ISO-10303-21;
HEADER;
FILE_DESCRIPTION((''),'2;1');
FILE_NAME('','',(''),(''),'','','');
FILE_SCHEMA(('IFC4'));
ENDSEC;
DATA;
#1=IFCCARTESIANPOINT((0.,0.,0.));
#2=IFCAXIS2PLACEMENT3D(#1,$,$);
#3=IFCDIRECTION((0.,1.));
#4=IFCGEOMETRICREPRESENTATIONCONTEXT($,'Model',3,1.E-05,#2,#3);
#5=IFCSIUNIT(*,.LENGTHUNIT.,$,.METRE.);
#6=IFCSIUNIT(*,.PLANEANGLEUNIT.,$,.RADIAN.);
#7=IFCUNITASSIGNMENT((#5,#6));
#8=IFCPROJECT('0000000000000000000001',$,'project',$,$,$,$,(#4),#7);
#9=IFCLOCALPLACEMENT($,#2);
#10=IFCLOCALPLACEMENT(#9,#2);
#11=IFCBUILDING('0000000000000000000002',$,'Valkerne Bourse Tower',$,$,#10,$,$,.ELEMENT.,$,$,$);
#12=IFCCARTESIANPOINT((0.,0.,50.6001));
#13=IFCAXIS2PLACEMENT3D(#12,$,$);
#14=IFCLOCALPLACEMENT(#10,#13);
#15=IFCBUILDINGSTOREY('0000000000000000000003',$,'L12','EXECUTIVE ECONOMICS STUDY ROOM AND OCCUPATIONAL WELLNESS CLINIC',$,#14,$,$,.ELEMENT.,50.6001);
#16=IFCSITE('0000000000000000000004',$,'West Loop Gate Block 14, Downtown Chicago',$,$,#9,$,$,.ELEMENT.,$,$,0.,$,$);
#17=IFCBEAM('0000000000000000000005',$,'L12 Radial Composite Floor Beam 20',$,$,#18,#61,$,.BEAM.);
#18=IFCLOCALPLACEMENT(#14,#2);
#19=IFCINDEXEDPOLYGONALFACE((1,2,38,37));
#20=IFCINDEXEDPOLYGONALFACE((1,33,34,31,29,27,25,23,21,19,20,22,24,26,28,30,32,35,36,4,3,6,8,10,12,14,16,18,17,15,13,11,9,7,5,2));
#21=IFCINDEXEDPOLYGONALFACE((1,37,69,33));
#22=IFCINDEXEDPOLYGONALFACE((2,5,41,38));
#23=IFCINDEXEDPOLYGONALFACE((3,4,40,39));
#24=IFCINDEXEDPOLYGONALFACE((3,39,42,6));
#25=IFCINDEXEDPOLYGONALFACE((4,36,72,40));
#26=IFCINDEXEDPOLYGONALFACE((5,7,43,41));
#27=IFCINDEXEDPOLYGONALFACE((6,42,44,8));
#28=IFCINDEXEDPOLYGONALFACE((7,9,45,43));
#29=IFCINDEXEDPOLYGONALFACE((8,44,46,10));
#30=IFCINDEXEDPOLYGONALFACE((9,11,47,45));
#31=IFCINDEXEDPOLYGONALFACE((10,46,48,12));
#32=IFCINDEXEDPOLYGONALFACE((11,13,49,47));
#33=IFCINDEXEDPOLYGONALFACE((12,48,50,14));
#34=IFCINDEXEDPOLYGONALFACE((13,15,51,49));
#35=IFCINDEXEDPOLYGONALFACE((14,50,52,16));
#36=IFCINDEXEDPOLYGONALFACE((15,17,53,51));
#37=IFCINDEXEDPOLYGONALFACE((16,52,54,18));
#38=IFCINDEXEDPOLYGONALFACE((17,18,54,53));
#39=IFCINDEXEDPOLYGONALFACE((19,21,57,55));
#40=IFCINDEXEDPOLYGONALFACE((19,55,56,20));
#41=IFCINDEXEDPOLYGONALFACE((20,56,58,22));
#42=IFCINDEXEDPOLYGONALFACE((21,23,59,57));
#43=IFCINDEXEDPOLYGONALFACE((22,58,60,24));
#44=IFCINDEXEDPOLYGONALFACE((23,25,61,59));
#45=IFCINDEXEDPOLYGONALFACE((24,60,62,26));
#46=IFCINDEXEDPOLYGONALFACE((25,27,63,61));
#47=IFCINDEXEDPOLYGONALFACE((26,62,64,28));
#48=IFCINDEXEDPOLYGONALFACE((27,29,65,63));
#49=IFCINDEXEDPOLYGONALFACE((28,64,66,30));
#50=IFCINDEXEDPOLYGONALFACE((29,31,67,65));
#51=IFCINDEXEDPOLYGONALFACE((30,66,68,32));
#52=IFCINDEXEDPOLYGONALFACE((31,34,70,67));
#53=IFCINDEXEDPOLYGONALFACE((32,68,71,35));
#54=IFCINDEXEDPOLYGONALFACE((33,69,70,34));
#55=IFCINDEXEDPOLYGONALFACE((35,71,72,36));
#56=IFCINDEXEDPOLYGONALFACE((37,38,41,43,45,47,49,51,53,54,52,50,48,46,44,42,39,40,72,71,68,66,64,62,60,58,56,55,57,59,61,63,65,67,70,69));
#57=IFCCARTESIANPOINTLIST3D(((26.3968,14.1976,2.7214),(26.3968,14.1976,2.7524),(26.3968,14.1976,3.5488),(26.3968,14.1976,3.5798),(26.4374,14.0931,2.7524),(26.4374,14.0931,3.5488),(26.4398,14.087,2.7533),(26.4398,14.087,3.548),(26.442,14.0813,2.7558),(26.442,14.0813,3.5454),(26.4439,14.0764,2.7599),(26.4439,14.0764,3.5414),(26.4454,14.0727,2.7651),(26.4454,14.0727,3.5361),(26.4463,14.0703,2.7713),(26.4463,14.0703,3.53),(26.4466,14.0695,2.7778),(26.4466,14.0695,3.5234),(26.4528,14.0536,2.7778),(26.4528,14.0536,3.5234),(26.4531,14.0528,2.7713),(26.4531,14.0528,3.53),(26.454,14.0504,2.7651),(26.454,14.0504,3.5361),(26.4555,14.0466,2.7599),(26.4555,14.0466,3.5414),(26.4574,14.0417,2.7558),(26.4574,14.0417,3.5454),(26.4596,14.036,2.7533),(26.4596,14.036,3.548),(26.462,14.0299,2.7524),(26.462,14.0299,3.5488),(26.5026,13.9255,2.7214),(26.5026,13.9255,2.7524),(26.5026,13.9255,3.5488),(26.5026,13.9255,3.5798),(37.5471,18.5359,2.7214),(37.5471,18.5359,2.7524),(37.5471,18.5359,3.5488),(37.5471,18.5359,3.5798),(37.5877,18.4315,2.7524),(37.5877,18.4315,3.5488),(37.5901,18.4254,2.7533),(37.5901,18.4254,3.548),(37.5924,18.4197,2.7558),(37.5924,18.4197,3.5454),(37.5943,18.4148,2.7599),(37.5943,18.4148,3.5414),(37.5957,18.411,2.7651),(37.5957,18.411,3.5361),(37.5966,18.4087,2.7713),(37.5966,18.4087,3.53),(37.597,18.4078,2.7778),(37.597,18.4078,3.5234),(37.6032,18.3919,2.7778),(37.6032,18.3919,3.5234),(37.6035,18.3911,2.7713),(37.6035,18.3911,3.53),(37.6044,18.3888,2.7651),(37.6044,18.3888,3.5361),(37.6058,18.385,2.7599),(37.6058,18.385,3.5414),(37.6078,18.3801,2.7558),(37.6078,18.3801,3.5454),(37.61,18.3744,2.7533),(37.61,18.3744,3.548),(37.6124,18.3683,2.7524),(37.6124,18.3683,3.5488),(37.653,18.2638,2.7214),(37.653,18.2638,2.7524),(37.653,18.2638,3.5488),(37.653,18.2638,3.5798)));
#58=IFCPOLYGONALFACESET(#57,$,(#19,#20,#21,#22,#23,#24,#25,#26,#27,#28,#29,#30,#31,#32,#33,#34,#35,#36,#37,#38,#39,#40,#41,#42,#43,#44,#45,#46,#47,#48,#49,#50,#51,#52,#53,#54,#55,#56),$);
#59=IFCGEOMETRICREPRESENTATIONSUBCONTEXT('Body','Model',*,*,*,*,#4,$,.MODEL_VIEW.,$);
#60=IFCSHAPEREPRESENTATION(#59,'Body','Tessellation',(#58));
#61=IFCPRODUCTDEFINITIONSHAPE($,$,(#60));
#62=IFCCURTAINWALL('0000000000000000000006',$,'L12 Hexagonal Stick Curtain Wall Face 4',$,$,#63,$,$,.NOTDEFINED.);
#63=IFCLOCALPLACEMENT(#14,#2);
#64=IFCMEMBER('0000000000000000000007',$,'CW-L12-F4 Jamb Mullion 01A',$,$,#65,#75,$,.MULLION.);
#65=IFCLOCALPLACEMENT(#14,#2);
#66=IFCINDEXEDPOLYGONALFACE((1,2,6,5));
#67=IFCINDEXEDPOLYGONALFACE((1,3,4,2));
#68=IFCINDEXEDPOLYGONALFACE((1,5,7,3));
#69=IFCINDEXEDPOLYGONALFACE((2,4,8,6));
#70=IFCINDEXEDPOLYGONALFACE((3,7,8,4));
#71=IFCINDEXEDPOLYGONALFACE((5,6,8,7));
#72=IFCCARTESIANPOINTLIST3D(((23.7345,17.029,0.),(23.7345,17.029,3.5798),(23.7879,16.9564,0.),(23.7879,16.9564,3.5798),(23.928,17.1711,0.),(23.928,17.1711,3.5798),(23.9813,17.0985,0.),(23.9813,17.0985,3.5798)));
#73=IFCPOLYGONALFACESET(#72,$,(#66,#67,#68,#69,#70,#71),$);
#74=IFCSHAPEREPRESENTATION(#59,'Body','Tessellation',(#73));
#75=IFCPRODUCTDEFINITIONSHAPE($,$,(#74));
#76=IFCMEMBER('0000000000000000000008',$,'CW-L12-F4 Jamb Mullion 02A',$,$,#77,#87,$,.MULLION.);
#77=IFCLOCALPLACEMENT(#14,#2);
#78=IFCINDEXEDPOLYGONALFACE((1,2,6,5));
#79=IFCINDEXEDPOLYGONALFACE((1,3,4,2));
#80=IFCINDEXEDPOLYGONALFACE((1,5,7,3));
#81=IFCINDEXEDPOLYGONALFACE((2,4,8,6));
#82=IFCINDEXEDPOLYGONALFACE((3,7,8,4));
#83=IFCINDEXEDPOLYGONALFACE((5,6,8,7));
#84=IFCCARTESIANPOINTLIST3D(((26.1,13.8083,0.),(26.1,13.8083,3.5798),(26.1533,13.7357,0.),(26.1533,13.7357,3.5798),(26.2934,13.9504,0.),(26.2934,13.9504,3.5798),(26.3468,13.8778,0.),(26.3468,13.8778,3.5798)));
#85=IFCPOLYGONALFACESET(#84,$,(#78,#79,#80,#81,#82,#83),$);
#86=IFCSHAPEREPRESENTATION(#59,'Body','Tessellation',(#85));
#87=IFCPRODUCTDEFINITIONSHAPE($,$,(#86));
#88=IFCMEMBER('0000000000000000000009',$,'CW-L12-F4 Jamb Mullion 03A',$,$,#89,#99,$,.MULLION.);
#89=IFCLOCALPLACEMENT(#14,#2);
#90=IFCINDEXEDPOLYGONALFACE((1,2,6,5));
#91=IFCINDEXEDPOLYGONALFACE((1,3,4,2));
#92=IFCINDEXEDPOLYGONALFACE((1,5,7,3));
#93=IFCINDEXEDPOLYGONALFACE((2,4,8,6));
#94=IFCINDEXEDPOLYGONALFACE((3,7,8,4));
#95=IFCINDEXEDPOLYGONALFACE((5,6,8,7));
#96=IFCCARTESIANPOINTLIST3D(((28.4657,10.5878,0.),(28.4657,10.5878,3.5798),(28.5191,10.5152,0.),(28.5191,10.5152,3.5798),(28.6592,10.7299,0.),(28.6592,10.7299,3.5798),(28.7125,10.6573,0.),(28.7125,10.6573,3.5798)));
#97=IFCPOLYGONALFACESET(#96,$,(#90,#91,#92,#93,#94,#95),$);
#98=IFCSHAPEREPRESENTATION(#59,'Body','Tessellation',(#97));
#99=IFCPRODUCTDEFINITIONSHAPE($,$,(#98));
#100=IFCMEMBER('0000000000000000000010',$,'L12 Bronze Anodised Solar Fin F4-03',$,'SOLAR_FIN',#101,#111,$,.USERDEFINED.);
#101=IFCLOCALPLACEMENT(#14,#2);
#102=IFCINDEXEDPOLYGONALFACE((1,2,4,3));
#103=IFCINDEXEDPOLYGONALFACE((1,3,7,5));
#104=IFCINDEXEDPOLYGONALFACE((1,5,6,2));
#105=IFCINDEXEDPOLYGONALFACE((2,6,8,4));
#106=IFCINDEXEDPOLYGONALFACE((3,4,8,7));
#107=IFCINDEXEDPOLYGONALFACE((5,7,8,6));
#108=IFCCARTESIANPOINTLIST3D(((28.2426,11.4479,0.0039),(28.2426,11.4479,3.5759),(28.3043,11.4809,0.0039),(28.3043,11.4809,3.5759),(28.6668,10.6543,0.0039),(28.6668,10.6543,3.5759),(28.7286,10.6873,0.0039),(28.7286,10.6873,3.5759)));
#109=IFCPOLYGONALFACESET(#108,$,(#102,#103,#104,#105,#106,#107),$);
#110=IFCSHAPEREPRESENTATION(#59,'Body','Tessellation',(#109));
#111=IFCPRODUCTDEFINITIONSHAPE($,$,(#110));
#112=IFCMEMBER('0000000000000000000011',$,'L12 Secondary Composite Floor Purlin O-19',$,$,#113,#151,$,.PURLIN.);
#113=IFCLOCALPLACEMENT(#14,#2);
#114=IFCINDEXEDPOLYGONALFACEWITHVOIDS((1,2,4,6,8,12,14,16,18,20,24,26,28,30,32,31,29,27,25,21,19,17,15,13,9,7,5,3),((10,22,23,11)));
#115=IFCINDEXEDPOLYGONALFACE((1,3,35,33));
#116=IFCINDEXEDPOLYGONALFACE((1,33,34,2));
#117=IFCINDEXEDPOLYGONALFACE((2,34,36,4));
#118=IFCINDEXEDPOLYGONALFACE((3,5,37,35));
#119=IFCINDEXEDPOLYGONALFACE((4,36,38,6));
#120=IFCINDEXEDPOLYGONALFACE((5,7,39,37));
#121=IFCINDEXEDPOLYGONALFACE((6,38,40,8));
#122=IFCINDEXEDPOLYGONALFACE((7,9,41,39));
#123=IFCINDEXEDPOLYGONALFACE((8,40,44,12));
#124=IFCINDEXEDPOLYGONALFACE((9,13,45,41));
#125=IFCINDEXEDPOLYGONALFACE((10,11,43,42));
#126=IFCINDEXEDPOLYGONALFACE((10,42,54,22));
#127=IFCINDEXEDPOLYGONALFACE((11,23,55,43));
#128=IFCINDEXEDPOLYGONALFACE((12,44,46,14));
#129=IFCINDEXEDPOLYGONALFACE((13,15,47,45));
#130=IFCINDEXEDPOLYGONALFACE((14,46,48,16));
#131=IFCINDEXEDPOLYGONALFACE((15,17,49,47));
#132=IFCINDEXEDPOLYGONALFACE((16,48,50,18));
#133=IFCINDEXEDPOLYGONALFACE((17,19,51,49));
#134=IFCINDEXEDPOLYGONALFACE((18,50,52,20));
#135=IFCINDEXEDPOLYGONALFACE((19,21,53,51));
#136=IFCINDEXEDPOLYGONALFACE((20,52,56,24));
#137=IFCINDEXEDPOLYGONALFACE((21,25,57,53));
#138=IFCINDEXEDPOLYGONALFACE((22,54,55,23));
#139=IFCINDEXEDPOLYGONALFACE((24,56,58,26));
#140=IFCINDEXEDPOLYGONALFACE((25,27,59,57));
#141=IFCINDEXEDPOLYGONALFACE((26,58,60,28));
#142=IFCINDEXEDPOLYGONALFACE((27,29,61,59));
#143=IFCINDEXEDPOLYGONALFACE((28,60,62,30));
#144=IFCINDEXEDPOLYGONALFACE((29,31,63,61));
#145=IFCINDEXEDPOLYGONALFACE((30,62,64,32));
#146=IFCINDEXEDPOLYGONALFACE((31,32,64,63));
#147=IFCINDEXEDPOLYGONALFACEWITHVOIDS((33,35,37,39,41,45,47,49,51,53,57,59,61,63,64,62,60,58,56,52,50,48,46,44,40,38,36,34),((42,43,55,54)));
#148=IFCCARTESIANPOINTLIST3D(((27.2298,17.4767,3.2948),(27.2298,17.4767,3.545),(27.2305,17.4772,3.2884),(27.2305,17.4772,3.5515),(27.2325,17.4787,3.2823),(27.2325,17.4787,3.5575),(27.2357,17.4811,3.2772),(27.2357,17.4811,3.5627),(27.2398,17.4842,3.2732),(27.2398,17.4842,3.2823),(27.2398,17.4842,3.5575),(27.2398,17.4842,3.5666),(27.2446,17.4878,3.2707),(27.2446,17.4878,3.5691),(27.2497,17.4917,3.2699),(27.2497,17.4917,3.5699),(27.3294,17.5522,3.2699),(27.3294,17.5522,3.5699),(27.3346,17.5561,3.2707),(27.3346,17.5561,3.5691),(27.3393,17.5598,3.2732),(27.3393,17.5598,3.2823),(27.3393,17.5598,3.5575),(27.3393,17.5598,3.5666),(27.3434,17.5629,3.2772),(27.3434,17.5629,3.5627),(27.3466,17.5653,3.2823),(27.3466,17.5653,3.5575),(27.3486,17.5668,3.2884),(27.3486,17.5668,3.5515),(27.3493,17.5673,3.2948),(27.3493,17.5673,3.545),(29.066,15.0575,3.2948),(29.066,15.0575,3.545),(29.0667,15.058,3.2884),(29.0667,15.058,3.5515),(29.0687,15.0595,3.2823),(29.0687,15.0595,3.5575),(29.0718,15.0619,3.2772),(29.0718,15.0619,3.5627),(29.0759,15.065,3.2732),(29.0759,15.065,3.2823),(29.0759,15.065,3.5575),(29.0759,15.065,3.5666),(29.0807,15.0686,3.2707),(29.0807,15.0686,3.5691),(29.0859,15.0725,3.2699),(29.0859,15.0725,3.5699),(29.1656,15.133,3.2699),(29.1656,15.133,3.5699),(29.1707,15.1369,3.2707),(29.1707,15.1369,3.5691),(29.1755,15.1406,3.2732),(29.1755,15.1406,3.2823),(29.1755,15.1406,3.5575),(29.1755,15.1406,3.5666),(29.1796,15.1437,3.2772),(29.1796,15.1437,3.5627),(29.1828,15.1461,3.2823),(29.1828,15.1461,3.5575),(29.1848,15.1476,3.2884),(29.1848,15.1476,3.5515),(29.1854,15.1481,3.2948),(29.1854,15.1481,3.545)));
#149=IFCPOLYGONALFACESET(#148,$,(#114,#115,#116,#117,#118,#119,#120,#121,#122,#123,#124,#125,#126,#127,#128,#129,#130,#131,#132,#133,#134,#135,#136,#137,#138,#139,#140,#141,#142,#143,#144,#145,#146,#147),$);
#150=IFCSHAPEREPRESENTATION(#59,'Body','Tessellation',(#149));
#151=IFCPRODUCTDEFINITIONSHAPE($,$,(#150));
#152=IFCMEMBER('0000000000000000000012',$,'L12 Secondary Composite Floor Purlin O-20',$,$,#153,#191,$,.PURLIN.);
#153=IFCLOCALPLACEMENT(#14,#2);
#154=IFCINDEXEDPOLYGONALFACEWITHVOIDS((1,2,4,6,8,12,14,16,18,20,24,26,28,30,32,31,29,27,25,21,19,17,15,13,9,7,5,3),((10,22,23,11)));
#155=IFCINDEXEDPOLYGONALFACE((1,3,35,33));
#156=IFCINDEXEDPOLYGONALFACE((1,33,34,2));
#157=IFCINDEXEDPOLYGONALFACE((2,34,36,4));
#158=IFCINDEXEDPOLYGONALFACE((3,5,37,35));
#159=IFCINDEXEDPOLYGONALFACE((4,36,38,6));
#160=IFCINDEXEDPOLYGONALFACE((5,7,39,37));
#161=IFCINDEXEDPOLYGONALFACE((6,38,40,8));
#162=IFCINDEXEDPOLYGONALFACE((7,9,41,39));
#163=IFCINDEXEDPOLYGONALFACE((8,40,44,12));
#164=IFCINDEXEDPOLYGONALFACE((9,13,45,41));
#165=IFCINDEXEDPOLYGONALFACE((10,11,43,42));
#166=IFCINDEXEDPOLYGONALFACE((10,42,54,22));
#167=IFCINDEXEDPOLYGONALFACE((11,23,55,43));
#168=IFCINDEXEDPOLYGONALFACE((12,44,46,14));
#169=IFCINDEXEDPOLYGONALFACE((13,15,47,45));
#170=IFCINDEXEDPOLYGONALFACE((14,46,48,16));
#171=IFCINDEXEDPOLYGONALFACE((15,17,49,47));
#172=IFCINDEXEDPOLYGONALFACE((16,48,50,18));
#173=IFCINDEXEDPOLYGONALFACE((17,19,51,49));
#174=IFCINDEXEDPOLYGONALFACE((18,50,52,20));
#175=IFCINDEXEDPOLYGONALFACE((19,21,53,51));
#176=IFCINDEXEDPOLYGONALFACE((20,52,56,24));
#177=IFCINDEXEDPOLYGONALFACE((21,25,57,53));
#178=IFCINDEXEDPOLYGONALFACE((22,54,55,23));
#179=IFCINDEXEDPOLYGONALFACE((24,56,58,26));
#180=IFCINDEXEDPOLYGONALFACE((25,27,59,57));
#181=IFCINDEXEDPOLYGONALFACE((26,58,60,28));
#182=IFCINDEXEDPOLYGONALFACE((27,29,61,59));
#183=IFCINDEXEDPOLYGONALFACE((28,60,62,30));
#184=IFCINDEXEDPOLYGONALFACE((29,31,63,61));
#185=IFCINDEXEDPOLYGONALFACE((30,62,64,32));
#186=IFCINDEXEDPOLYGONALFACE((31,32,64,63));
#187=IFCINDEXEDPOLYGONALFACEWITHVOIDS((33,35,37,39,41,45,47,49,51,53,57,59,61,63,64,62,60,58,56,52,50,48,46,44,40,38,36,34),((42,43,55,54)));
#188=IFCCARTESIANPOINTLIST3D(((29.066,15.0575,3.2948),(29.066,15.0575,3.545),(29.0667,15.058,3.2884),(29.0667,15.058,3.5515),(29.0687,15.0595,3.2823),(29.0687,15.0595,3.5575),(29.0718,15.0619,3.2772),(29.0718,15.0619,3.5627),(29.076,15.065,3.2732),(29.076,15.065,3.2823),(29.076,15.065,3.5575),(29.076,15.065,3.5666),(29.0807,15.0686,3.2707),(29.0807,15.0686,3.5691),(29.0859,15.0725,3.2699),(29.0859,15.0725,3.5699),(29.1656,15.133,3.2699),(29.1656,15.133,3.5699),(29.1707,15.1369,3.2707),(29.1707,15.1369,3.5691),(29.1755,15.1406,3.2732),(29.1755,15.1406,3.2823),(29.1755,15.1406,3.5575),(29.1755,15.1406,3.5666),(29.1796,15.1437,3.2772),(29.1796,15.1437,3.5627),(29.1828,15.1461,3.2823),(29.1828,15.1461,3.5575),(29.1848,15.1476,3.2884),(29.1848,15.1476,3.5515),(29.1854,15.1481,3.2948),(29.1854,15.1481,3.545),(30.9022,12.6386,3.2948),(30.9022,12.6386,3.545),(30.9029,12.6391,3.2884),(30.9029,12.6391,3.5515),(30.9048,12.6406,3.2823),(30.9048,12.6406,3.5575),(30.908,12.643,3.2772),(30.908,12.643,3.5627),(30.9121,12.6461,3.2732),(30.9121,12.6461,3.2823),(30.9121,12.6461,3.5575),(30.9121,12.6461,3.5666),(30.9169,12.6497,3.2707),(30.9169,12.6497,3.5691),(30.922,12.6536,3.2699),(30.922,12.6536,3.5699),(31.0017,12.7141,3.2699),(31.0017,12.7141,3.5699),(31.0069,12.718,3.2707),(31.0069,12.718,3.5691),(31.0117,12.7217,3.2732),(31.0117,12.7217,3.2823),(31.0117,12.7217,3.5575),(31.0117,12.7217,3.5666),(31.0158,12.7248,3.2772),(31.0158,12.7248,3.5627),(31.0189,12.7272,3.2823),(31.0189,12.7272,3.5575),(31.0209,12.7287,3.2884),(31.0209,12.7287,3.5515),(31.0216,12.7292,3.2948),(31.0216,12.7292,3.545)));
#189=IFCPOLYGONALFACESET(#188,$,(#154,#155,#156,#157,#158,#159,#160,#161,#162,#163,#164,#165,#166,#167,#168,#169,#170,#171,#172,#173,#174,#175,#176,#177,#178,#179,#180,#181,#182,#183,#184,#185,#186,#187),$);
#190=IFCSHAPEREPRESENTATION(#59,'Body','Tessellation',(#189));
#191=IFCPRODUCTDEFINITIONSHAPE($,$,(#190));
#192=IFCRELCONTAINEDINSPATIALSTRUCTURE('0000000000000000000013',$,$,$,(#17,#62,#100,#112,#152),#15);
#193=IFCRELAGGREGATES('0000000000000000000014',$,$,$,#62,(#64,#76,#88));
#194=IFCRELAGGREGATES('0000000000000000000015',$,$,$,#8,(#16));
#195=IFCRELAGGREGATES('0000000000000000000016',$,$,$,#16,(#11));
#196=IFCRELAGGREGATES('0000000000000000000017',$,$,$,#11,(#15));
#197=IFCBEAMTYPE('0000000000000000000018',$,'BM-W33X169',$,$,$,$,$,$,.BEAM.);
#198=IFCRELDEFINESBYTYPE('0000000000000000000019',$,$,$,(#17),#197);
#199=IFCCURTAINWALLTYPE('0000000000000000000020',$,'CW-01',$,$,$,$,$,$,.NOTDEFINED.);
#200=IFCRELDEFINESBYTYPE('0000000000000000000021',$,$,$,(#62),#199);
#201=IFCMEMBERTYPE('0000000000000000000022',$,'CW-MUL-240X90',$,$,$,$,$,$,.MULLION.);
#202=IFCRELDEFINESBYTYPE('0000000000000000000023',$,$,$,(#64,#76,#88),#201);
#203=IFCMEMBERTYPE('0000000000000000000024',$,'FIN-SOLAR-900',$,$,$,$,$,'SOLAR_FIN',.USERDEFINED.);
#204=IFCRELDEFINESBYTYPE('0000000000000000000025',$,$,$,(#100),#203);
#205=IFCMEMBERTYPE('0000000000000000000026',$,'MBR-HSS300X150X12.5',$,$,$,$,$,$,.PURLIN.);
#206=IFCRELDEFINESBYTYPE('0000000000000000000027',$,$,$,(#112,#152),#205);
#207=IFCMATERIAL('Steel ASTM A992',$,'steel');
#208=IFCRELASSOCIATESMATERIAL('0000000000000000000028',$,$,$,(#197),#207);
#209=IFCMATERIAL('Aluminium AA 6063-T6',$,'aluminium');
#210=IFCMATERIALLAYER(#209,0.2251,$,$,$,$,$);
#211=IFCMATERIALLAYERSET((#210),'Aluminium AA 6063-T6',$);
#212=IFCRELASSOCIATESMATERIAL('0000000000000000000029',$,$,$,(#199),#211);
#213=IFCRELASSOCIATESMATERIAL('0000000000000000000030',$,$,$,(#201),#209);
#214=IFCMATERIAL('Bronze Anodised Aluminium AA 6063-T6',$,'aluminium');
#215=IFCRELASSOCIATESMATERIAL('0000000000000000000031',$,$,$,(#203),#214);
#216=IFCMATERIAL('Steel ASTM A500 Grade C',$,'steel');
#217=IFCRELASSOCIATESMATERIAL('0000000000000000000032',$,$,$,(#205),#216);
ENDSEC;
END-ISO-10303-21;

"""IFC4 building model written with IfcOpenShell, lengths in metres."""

from ifc_helpers import new_model, si_unit, direction, frame, origin, origin_2d, place, context, subcontext, project, spatial, rectangle, hollow_rectangle, i_section, extrude, material, layer, layer_set, material_profile, profile_set, type_object, element, aggregate, save


model = new_model("IFC4")

# Units and contexts
model_context = context("Model", 3, precision=1e-05, world=origin(), true_north=direction((0.0, 1.0)))
body_context = subcontext(model_context, "Body", "Model", "MODEL_VIEW")
ifc_project = project(units=[si_unit("LENGTHUNIT", "METRE"), si_unit("PLANEANGLEUNIT", "RADIAN")], contexts=[model_context])

# Site, building, storey
site_placement = place(None, origin())
site = spatial("IfcSite", under=ifc_project, at=site_placement, Name="West Loop Gate Block 14, Downtown Chicago", CompositionType="ELEMENT", RefElevation=0.0)
building_placement = place(site_placement, origin())
building = spatial("IfcBuilding", under=site, at=building_placement, Name="Valkerne Bourse Tower", CompositionType="ELEMENT")
storey_placement = place(building_placement, frame((0.0, 0.0, 50.6001)))
storey = spatial("IfcBuildingStorey", under=building, at=storey_placement, Name="L12", Description="EXECUTIVE ECONOMICS STUDY ROOM AND OCCUPATIONAL WELLNESS CLINIC", CompositionType="ELEMENT", Elevation=50.6001)

# Beam
ifc_material_1 = material(Name="Steel ASTM A992", Category="steel")
ifc_material_profile_1 = material_profile(ifc_material_1, i_section(OverallWidth=0.292, OverallDepth=0.8584, WebThickness=0.0171, FlangeThickness=0.031, FilletRadius=0.0254, at=origin_2d()), Name="W33X169")
ifc_profile_set_1 = profile_set([ifc_material_profile_1], Name="Steel ASTM A992")
beam_type_1 = type_object("IfcBeamType", Name="BM-W33X169", PredefinedType="BEAM", material=ifc_profile_set_1)
beam_1_placement = place(storey_placement, frame((26.4497, 14.0615, 3.1506), z_axis=(0.931945, 0.3626, 0.0), x_axis=(-0.3626, 0.931945, 0.0)))
element("IfcBeam", 1, at=beam_1_placement, inside=storey, type_object=beam_type_1, Name="L12 Radial Composite Floor Beam 20", PredefinedType="BEAM", context=body_context, shape_type="SweptSolid", body=[
    extrude(i_section(OverallWidth=0.292, OverallDepth=0.8584, WebThickness=0.0171, FlangeThickness=0.031, FilletRadius=0.0254, at=origin_2d()), origin(), (0.0, 0.0, 1.0), 11.9646),
])

# Curtain wall, members
ifc_material_2 = material(Name="Aluminium AA 6063-T6", Category="aluminium")
ifc_layer_1 = layer(ifc_material_2, 0.2251)
ifc_layer_set_1 = layer_set([ifc_layer_1], Name="Aluminium AA 6063-T6")
curtain_wall_type = type_object("IfcCurtainWallType", Name="CW-01", PredefinedType="NOTDEFINED", material=ifc_layer_set_1)
curtain_wall_placement = place(storey_placement, origin())
curtain_wall = element("IfcCurtainWall", 2, at=curtain_wall_placement, inside=storey, type_object=curtain_wall_type, Name="L12 Hexagonal Stick Curtain Wall Face 4", PredefinedType="NOTDEFINED")
ifc_material_profile_2 = material_profile(ifc_material_2, rectangle(XDim=0.0901, YDim=0.24, at=origin_2d()), Name="CWM-90X240")
ifc_profile_set_2 = profile_set([ifc_material_profile_2], Name="Aluminium AA 6063-T6")
member_type_1 = type_object("IfcMemberType", Name="CW-MUL-240X90", PredefinedType="MULLION", material=ifc_profile_set_2)
member_1_placement = place(storey_placement, frame((23.8579, 17.0637, 0.0), z_axis=(0.0, 0.0, 1.0), x_axis=(0.592014, -0.805927, 0.0)))
member_1 = element("IfcMember", 3, at=member_1_placement, type_object=member_type_1, Name="CW-L12-F4 Jamb Mullion 01A", PredefinedType="MULLION", context=body_context, shape_type="SweptSolid", body=[
    extrude(rectangle(XDim=0.0901, YDim=0.24, at=origin_2d()), origin(), (0.0, 0.0, 1.0), 3.5798),
])
member_2_placement = place(storey_placement, frame((26.2234, 13.843, 0.0), z_axis=(0.0, 0.0, 1.0), x_axis=(0.592014, -0.805927, 0.0)))
member_2 = element("IfcMember", 4, at=member_2_placement, type_object=member_type_1, Name="CW-L12-F4 Jamb Mullion 02A", PredefinedType="MULLION", context=body_context, shape_type="SweptSolid", body=[
    extrude(rectangle(XDim=0.0901, YDim=0.24, at=origin_2d()), origin(), (0.0, 0.0, 1.0), 3.5798),
])
member_3_placement = place(storey_placement, frame((28.5891, 10.6226, 0.0), z_axis=(0.0, 0.0, 1.0), x_axis=(0.592014, -0.805927, 0.0)))
member_3 = element("IfcMember", 5, at=member_3_placement, type_object=member_type_1, Name="CW-L12-F4 Jamb Mullion 03A", PredefinedType="MULLION", context=body_context, shape_type="SweptSolid", body=[
    extrude(rectangle(XDim=0.0901, YDim=0.24, at=origin_2d()), origin(), (0.0, 0.0, 1.0), 3.5798),
])

# Members
ifc_material_3 = material(Name="Bronze Anodised Aluminium AA 6063-T6", Category="aluminium")
ifc_material_profile_3 = material_profile(ifc_material_3, rectangle(XDim=0.0701, YDim=0.8999, at=origin_2d()), Name="FIN-70X900")
ifc_profile_set_3 = profile_set([ifc_material_profile_3], Name="Bronze Anodised Aluminium AA 6063-T6")
member_type_2 = type_object("IfcMemberType", Name="FIN-SOLAR-900", ElementType="SOLAR_FIN", PredefinedType="USERDEFINED", material=ifc_profile_set_3)
member_4_placement = place(storey_placement, frame((28.4856, 11.0676, 0.0039), z_axis=(0.0, 0.0, 1.0), x_axis=(-0.881876, -0.471482, 0.0)))
element("IfcMember", 6, at=member_4_placement, inside=storey, type_object=member_type_2, Name="L12 Bronze Anodised Solar Fin F4-03", ObjectType="SOLAR_FIN", PredefinedType="USERDEFINED", context=body_context, shape_type="SweptSolid", body=[
    extrude(rectangle(XDim=0.0701, YDim=0.8999, at=origin_2d()), origin(), (0.0, 0.0, 1.0), 3.572),
])
ifc_material_4 = material(Name="Steel ASTM A500 Grade C", Category="steel")
ifc_material_profile_4 = material_profile(ifc_material_4, hollow_rectangle(XDim=0.1499, YDim=0.3, WallThickness=0.0125, OuterFilletRadius=0.0249, at=origin_2d()), Name="HSS300X150X12.5")
ifc_profile_set_4 = profile_set([ifc_material_profile_4], Name="Steel ASTM A500 Grade C")
member_type_3 = type_object("IfcMemberType", Name="MBR-HSS300X150X12.5", PredefinedType="PURLIN", material=ifc_profile_set_4)
member_5_placement = place(storey_placement, frame((27.2896, 17.522, 3.4199), z_axis=(0.604582, -0.796543, 0.0), x_axis=(0.796543, 0.604582, 0.0)))
element("IfcMember", 7, at=member_5_placement, inside=storey, type_object=member_type_3, Name="L12 Secondary Composite Floor Purlin O-19", PredefinedType="PURLIN", context=body_context, shape_type="SweptSolid", body=[
    extrude(hollow_rectangle(XDim=0.1499, YDim=0.3, WallThickness=0.0125, OuterFilletRadius=0.0249, at=origin_2d()), origin(), (0.0, 0.0, 1.0), 3.0371),
])
member_6_placement = place(storey_placement, frame((29.1257, 15.1028, 3.4199), z_axis=(0.60462, -0.796514, 0.0), x_axis=(0.796514, 0.60462, 0.0)))
element("IfcMember", 8, at=member_6_placement, inside=storey, type_object=member_type_3, Name="L12 Secondary Composite Floor Purlin O-20", PredefinedType="PURLIN", context=body_context, shape_type="SweptSolid", body=[
    extrude(hollow_rectangle(XDim=0.1499, YDim=0.3, WallThickness=0.0125, OuterFilletRadius=0.0249, at=origin_2d()), origin(), (0.0, 0.0, 1.0), 3.0369),
])

aggregate(curtain_wall, [member_1, member_2, member_3])

save(model, "model.ifc")
